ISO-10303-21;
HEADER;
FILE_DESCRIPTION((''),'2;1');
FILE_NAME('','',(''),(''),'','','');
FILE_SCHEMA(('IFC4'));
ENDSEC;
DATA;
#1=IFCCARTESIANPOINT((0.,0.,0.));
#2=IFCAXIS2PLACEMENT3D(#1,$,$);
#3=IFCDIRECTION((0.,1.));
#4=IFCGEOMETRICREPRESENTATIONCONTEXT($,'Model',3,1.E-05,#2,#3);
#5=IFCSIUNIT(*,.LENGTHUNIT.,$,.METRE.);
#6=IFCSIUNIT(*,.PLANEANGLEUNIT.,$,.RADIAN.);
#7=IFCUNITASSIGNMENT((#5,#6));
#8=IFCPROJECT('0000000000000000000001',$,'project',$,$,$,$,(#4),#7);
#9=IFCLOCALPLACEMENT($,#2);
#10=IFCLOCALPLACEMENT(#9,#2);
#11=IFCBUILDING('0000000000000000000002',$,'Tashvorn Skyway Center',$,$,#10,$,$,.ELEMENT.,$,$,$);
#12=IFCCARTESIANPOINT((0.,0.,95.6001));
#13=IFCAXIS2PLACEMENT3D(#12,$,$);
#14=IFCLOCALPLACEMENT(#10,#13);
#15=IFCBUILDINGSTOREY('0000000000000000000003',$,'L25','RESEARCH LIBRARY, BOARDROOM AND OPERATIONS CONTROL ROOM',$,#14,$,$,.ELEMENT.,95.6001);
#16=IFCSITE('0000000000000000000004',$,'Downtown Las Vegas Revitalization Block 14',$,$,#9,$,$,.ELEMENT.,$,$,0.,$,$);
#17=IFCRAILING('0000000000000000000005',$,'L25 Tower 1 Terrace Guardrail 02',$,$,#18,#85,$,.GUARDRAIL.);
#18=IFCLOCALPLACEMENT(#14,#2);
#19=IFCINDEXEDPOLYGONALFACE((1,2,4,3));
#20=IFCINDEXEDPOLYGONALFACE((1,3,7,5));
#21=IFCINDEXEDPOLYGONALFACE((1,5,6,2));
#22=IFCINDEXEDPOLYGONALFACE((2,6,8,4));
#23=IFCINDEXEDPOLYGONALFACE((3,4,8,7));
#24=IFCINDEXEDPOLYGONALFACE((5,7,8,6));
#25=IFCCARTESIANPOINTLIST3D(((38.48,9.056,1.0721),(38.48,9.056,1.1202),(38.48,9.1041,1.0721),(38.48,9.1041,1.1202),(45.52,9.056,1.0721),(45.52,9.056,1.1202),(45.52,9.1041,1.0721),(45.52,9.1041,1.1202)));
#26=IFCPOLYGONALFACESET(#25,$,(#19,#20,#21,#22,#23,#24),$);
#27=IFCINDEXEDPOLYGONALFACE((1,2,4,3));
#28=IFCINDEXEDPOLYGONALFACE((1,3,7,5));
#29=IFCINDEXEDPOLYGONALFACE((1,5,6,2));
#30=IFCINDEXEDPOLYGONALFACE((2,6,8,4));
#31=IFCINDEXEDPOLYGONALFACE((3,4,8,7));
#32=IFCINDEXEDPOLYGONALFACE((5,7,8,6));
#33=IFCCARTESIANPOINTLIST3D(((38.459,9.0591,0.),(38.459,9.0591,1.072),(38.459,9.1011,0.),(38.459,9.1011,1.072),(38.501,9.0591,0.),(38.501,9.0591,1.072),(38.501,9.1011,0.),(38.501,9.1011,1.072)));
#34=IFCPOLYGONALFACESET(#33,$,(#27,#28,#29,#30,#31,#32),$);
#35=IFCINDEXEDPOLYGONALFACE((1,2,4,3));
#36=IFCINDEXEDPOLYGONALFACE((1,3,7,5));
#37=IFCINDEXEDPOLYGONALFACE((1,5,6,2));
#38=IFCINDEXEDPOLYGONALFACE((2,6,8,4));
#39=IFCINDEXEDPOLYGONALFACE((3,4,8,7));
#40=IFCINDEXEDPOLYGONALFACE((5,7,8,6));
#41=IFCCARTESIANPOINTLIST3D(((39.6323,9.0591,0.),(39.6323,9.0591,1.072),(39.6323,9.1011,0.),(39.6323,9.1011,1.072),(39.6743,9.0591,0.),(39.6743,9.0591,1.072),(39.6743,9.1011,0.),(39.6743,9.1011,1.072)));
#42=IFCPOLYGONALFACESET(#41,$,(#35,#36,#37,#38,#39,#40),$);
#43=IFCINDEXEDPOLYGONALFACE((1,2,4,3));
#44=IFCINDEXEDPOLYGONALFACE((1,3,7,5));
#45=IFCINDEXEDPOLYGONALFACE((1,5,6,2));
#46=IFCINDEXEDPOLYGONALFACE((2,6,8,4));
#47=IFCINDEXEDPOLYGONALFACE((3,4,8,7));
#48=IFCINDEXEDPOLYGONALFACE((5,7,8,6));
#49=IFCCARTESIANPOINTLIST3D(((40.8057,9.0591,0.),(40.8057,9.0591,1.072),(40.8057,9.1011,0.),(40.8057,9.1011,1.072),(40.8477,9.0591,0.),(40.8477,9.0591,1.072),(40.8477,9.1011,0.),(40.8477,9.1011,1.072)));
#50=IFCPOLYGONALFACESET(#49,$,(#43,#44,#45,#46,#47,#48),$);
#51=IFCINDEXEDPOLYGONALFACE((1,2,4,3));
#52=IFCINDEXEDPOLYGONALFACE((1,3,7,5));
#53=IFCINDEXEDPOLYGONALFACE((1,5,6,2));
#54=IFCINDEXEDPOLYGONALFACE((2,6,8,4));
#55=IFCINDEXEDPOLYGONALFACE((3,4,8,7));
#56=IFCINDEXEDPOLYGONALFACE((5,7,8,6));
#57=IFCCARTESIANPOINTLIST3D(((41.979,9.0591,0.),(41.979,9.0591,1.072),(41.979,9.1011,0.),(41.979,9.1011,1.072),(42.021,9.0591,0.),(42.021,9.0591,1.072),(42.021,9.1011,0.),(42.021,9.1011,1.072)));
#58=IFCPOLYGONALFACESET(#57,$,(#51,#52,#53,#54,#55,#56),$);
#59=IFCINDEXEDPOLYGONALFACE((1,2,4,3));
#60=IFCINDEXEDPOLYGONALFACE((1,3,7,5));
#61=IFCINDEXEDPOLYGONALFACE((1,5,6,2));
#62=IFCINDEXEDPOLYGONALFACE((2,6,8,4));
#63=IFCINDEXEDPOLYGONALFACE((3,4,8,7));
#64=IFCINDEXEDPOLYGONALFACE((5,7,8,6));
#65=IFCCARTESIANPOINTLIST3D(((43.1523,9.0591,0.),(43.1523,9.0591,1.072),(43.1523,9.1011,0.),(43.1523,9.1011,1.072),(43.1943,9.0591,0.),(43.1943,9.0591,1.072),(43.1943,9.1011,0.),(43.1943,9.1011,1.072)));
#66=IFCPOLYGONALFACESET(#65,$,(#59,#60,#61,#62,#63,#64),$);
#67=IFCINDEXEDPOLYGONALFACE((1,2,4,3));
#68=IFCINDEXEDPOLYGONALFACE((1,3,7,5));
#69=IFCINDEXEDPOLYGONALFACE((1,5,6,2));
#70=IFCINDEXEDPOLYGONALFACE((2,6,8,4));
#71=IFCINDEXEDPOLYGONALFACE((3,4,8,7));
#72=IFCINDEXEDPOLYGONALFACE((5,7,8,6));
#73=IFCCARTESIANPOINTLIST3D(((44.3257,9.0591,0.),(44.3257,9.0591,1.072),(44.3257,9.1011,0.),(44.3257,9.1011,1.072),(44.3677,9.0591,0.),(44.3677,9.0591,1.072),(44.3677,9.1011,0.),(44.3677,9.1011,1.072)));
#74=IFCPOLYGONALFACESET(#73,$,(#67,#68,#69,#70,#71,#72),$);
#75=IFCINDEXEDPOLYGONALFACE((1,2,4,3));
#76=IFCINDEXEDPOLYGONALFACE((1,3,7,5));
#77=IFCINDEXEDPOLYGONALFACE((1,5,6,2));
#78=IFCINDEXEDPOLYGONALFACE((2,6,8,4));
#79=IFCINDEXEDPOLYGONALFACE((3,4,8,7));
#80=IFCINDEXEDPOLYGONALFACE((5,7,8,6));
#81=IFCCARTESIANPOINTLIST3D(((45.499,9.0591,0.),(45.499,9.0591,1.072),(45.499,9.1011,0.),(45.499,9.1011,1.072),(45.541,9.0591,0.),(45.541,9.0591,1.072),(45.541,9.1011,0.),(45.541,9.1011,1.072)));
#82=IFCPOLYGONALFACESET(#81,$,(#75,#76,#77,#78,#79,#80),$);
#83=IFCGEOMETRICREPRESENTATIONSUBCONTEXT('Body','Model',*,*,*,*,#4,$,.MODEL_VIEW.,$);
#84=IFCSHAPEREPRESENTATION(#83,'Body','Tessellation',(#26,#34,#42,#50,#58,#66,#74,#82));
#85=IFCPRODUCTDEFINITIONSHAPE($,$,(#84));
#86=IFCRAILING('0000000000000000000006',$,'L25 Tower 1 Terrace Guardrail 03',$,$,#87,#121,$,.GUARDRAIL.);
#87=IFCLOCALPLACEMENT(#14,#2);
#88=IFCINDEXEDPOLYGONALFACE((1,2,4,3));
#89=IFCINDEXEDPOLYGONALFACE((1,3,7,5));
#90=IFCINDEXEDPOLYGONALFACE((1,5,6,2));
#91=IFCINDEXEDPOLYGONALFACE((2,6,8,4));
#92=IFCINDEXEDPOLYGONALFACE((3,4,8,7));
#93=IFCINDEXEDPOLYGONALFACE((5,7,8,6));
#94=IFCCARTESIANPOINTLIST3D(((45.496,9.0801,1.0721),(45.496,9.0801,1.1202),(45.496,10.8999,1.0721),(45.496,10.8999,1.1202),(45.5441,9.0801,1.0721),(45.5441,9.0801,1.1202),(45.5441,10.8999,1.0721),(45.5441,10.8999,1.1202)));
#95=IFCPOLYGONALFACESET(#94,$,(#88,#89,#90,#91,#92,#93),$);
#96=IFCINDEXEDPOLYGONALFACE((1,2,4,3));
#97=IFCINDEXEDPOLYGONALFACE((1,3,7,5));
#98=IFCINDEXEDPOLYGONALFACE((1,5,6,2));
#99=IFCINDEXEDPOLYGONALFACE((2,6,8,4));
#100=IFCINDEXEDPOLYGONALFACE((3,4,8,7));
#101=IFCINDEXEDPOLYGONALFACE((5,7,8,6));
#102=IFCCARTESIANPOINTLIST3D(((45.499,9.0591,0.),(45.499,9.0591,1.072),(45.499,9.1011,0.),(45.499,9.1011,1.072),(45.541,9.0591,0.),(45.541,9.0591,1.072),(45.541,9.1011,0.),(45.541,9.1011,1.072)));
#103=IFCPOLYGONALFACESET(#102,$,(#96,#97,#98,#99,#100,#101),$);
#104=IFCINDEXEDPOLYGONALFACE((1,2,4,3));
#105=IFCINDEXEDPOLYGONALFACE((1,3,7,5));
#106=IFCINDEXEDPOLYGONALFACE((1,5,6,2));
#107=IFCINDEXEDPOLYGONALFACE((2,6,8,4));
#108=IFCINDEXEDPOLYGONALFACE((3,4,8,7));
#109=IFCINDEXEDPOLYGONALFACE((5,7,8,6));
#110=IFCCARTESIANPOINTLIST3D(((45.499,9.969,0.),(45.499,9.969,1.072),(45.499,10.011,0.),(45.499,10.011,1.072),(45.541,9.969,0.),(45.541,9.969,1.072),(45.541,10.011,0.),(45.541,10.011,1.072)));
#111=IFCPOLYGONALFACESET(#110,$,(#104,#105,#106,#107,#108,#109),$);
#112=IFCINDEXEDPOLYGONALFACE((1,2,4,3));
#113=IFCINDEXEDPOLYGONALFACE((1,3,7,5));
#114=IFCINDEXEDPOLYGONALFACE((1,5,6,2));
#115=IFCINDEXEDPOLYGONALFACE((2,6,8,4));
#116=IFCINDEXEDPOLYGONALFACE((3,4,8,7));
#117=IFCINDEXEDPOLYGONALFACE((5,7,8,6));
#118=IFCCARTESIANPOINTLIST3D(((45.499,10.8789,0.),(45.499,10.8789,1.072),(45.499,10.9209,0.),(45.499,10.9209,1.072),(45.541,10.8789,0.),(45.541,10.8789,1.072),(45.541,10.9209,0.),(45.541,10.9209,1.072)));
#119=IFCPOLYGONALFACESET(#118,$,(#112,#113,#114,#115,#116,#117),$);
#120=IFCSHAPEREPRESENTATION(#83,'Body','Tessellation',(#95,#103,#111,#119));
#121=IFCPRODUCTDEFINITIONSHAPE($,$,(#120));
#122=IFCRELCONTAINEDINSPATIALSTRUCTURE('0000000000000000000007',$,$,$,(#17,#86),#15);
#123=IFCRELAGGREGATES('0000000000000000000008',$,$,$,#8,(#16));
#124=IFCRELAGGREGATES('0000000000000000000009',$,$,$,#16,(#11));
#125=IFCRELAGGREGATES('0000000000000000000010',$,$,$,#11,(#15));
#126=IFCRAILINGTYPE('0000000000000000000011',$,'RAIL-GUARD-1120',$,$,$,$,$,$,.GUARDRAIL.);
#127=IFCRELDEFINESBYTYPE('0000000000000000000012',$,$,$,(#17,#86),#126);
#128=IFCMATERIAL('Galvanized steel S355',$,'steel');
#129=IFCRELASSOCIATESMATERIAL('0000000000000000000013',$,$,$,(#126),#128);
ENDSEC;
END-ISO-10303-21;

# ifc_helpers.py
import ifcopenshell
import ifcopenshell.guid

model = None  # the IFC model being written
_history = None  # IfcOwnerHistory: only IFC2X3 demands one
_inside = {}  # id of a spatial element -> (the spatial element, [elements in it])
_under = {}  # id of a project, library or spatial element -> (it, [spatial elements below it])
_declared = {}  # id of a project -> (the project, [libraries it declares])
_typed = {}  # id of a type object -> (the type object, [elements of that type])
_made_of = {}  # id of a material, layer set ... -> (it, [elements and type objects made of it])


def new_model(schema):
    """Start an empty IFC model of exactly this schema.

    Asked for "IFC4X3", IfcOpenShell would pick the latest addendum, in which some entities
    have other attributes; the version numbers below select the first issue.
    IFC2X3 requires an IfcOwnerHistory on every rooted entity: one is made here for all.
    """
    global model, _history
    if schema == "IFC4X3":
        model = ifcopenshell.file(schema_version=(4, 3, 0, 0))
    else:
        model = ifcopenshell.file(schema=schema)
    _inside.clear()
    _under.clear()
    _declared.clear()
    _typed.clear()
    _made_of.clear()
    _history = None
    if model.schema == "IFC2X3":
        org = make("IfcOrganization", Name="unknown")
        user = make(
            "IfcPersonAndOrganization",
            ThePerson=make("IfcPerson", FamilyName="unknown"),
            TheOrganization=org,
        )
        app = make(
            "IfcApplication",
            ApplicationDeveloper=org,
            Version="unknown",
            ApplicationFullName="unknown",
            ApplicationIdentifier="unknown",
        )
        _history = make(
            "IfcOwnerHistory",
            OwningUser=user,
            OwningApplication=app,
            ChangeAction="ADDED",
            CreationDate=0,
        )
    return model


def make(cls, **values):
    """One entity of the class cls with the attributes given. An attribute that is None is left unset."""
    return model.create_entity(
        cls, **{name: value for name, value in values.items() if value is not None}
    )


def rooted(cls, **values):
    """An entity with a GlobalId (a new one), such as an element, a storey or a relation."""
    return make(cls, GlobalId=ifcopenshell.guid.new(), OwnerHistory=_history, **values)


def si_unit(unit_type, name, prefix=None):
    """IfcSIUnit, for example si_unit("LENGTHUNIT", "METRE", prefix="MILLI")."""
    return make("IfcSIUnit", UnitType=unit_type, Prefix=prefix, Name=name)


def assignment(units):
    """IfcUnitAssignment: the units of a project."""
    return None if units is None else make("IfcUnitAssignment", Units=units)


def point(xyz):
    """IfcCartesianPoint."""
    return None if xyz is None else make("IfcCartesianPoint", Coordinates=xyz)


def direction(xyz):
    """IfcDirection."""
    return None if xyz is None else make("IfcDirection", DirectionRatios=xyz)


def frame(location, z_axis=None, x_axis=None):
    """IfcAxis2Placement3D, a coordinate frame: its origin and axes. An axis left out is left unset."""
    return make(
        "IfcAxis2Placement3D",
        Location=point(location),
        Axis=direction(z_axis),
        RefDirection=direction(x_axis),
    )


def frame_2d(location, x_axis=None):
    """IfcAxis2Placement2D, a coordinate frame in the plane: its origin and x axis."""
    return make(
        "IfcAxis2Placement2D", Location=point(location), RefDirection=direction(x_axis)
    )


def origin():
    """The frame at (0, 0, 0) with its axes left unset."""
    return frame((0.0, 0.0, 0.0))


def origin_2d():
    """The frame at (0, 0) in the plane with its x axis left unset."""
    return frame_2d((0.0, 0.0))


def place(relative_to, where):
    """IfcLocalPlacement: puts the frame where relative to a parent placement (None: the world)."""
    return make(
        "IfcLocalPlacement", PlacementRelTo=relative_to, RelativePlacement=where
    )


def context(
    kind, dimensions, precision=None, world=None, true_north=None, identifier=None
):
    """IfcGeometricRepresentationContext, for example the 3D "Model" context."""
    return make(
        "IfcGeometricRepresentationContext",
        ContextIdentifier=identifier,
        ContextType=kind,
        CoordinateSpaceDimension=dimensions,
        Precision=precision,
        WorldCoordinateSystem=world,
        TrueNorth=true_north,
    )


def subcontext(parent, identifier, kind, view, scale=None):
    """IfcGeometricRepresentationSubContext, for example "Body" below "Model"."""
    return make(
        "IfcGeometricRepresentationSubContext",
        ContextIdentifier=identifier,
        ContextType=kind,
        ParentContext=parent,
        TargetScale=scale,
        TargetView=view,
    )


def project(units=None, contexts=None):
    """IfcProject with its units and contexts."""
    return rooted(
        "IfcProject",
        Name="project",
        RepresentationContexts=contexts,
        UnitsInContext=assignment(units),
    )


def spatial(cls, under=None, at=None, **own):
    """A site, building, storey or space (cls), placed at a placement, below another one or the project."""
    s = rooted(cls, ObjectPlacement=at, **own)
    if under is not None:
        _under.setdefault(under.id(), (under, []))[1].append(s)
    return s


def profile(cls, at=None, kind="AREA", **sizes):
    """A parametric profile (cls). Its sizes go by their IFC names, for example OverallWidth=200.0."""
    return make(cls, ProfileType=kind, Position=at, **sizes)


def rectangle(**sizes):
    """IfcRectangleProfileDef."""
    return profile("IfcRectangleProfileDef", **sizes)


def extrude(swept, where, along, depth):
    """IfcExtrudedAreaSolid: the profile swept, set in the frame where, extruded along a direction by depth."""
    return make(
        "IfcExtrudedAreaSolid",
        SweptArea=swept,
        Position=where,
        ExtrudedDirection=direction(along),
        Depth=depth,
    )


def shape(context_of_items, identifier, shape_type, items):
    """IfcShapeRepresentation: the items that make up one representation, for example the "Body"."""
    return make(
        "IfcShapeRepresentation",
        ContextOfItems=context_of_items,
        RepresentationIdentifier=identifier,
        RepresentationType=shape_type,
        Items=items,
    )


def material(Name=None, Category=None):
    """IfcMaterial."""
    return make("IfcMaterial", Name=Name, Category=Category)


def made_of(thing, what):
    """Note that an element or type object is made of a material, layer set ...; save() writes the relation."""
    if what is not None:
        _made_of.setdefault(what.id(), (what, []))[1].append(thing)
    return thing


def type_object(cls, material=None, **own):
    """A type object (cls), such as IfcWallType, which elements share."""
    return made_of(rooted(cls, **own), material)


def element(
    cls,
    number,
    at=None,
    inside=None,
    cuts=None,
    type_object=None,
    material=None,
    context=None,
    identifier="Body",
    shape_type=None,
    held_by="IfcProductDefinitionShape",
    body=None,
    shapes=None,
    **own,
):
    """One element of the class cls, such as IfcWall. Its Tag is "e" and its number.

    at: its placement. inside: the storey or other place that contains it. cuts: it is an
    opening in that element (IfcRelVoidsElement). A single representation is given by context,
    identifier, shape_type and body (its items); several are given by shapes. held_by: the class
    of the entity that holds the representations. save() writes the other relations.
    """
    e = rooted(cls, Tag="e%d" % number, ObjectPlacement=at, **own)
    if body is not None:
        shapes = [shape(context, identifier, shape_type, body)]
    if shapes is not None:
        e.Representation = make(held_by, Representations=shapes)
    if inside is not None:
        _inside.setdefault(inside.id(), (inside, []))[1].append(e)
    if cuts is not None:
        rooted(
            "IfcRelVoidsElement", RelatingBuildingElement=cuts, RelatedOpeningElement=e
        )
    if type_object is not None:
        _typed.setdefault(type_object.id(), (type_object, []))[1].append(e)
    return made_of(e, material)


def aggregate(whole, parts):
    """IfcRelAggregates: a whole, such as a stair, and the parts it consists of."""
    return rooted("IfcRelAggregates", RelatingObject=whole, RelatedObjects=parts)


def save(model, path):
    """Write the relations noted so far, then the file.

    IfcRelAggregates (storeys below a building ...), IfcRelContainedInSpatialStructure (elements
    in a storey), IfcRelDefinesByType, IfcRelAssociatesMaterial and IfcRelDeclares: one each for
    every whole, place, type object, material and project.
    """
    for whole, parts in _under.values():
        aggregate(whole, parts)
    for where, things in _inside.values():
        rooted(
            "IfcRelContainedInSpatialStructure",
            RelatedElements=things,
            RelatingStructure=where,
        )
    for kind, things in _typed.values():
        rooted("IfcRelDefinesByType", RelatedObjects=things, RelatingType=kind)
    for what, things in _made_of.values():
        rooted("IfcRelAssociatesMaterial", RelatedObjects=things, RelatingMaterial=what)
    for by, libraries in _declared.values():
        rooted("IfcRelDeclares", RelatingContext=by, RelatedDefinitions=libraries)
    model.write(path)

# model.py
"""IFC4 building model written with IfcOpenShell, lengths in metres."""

from ifc_helpers import new_model, si_unit, direction, frame, origin, origin_2d, place, context, subcontext, project, spatial, rectangle, extrude, material, type_object, element, save


model = new_model("IFC4")

# Units and contexts
model_context = context("Model", 3, precision=1e-05, world=origin(), true_north=direction((0.0, 1.0)))
body_context = subcontext(model_context, "Body", "Model", "MODEL_VIEW")
ifc_project = project(units=[si_unit("LENGTHUNIT", "METRE"), si_unit("PLANEANGLEUNIT", "RADIAN")], contexts=[model_context])

# Site, building, storey
site_placement = place(None, origin())
site = spatial("IfcSite", under=ifc_project, at=site_placement, Name="Downtown Las Vegas Revitalization Block 14", CompositionType="ELEMENT", RefElevation=0.0)
building_placement = place(site_placement, origin())
building = spatial("IfcBuilding", under=site, at=building_placement, Name="Tashvorn Skyway Center", CompositionType="ELEMENT")
storey_placement = place(building_placement, frame((0.0, 0.0, 95.6001)))
storey = spatial("IfcBuildingStorey", under=building, at=storey_placement, Name="L25", Description="RESEARCH LIBRARY, BOARDROOM AND OPERATIONS CONTROL ROOM", CompositionType="ELEMENT", Elevation=95.6001)

# Railings
ifc_material_1 = material(Name="Galvanized steel S355", Category="steel")
railing_type = type_object("IfcRailingType", Name="RAIL-GUARD-1120", PredefinedType="GUARDRAIL", material=ifc_material_1)
railing_1_placement = place(storey_placement, frame((38.48, 9.0801, 0.0)))
element("IfcRailing", 1, at=railing_1_placement, inside=storey, type_object=railing_type, Name="L25 Tower 1 Terrace Guardrail 02", PredefinedType="GUARDRAIL", context=body_context, shape_type="SweptSolid", body=[
    extrude(rectangle(XDim=0.0481, YDim=0.0481, at=origin_2d()), frame((0.0, 0.0, 1.0962), z_axis=(1.0, 0.0, 0.0), x_axis=(0.0, 1.0, 0.0)), (0.0, 0.0, 1.0), 7.04),
    extrude(rectangle(XDim=0.042, YDim=0.042, at=origin_2d()), origin(), (0.0, 0.0, 1.0), 1.072),
    extrude(rectangle(XDim=0.042, YDim=0.042, at=origin_2d()), frame((1.1733, 0.0, 0.0)), (0.0, 0.0, 1.0), 1.072),
    extrude(rectangle(XDim=0.042, YDim=0.042, at=origin_2d()), frame((2.3467, 0.0, 0.0)), (0.0, 0.0, 1.0), 1.072),
    extrude(rectangle(XDim=0.042, YDim=0.042, at=origin_2d()), frame((3.52, 0.0, 0.0)), (0.0, 0.0, 1.0), 1.072),
    extrude(rectangle(XDim=0.042, YDim=0.042, at=origin_2d()), frame((4.6934, 0.0, 0.0)), (0.0, 0.0, 1.0), 1.072),
    extrude(rectangle(XDim=0.042, YDim=0.042, at=origin_2d()), frame((5.8667, 0.0, 0.0)), (0.0, 0.0, 1.0), 1.072),
    extrude(rectangle(XDim=0.042, YDim=0.042, at=origin_2d()), frame((7.04, 0.0, 0.0)), (0.0, 0.0, 1.0), 1.072),
])
railing_2_placement = place(storey_placement, frame((45.52, 9.0801, 0.0)))
element("IfcRailing", 2, at=railing_2_placement, inside=storey, type_object=railing_type, Name="L25 Tower 1 Terrace Guardrail 03", PredefinedType="GUARDRAIL", context=body_context, shape_type="SweptSolid", body=[
    extrude(rectangle(XDim=0.0481, YDim=0.0481, at=origin_2d()), frame((0.0, 0.0, 1.0962), z_axis=(0.0, 1.0, 0.0), x_axis=(-1.0, 0.0, 0.0)), (0.0, 0.0, 1.0), 1.8198),
    extrude(rectangle(XDim=0.042, YDim=0.042, at=origin_2d()), origin(), (0.0, 0.0, 1.0), 1.072),
    extrude(rectangle(XDim=0.042, YDim=0.042, at=origin_2d()), frame((0.0, 0.9099, 0.0)), (0.0, 0.0, 1.0), 1.072),
    extrude(rectangle(XDim=0.042, YDim=0.042, at=origin_2d()), frame((0.0, 1.8198, 0.0)), (0.0, 0.0, 1.0), 1.072),
])

save(model, "model.ifc")
